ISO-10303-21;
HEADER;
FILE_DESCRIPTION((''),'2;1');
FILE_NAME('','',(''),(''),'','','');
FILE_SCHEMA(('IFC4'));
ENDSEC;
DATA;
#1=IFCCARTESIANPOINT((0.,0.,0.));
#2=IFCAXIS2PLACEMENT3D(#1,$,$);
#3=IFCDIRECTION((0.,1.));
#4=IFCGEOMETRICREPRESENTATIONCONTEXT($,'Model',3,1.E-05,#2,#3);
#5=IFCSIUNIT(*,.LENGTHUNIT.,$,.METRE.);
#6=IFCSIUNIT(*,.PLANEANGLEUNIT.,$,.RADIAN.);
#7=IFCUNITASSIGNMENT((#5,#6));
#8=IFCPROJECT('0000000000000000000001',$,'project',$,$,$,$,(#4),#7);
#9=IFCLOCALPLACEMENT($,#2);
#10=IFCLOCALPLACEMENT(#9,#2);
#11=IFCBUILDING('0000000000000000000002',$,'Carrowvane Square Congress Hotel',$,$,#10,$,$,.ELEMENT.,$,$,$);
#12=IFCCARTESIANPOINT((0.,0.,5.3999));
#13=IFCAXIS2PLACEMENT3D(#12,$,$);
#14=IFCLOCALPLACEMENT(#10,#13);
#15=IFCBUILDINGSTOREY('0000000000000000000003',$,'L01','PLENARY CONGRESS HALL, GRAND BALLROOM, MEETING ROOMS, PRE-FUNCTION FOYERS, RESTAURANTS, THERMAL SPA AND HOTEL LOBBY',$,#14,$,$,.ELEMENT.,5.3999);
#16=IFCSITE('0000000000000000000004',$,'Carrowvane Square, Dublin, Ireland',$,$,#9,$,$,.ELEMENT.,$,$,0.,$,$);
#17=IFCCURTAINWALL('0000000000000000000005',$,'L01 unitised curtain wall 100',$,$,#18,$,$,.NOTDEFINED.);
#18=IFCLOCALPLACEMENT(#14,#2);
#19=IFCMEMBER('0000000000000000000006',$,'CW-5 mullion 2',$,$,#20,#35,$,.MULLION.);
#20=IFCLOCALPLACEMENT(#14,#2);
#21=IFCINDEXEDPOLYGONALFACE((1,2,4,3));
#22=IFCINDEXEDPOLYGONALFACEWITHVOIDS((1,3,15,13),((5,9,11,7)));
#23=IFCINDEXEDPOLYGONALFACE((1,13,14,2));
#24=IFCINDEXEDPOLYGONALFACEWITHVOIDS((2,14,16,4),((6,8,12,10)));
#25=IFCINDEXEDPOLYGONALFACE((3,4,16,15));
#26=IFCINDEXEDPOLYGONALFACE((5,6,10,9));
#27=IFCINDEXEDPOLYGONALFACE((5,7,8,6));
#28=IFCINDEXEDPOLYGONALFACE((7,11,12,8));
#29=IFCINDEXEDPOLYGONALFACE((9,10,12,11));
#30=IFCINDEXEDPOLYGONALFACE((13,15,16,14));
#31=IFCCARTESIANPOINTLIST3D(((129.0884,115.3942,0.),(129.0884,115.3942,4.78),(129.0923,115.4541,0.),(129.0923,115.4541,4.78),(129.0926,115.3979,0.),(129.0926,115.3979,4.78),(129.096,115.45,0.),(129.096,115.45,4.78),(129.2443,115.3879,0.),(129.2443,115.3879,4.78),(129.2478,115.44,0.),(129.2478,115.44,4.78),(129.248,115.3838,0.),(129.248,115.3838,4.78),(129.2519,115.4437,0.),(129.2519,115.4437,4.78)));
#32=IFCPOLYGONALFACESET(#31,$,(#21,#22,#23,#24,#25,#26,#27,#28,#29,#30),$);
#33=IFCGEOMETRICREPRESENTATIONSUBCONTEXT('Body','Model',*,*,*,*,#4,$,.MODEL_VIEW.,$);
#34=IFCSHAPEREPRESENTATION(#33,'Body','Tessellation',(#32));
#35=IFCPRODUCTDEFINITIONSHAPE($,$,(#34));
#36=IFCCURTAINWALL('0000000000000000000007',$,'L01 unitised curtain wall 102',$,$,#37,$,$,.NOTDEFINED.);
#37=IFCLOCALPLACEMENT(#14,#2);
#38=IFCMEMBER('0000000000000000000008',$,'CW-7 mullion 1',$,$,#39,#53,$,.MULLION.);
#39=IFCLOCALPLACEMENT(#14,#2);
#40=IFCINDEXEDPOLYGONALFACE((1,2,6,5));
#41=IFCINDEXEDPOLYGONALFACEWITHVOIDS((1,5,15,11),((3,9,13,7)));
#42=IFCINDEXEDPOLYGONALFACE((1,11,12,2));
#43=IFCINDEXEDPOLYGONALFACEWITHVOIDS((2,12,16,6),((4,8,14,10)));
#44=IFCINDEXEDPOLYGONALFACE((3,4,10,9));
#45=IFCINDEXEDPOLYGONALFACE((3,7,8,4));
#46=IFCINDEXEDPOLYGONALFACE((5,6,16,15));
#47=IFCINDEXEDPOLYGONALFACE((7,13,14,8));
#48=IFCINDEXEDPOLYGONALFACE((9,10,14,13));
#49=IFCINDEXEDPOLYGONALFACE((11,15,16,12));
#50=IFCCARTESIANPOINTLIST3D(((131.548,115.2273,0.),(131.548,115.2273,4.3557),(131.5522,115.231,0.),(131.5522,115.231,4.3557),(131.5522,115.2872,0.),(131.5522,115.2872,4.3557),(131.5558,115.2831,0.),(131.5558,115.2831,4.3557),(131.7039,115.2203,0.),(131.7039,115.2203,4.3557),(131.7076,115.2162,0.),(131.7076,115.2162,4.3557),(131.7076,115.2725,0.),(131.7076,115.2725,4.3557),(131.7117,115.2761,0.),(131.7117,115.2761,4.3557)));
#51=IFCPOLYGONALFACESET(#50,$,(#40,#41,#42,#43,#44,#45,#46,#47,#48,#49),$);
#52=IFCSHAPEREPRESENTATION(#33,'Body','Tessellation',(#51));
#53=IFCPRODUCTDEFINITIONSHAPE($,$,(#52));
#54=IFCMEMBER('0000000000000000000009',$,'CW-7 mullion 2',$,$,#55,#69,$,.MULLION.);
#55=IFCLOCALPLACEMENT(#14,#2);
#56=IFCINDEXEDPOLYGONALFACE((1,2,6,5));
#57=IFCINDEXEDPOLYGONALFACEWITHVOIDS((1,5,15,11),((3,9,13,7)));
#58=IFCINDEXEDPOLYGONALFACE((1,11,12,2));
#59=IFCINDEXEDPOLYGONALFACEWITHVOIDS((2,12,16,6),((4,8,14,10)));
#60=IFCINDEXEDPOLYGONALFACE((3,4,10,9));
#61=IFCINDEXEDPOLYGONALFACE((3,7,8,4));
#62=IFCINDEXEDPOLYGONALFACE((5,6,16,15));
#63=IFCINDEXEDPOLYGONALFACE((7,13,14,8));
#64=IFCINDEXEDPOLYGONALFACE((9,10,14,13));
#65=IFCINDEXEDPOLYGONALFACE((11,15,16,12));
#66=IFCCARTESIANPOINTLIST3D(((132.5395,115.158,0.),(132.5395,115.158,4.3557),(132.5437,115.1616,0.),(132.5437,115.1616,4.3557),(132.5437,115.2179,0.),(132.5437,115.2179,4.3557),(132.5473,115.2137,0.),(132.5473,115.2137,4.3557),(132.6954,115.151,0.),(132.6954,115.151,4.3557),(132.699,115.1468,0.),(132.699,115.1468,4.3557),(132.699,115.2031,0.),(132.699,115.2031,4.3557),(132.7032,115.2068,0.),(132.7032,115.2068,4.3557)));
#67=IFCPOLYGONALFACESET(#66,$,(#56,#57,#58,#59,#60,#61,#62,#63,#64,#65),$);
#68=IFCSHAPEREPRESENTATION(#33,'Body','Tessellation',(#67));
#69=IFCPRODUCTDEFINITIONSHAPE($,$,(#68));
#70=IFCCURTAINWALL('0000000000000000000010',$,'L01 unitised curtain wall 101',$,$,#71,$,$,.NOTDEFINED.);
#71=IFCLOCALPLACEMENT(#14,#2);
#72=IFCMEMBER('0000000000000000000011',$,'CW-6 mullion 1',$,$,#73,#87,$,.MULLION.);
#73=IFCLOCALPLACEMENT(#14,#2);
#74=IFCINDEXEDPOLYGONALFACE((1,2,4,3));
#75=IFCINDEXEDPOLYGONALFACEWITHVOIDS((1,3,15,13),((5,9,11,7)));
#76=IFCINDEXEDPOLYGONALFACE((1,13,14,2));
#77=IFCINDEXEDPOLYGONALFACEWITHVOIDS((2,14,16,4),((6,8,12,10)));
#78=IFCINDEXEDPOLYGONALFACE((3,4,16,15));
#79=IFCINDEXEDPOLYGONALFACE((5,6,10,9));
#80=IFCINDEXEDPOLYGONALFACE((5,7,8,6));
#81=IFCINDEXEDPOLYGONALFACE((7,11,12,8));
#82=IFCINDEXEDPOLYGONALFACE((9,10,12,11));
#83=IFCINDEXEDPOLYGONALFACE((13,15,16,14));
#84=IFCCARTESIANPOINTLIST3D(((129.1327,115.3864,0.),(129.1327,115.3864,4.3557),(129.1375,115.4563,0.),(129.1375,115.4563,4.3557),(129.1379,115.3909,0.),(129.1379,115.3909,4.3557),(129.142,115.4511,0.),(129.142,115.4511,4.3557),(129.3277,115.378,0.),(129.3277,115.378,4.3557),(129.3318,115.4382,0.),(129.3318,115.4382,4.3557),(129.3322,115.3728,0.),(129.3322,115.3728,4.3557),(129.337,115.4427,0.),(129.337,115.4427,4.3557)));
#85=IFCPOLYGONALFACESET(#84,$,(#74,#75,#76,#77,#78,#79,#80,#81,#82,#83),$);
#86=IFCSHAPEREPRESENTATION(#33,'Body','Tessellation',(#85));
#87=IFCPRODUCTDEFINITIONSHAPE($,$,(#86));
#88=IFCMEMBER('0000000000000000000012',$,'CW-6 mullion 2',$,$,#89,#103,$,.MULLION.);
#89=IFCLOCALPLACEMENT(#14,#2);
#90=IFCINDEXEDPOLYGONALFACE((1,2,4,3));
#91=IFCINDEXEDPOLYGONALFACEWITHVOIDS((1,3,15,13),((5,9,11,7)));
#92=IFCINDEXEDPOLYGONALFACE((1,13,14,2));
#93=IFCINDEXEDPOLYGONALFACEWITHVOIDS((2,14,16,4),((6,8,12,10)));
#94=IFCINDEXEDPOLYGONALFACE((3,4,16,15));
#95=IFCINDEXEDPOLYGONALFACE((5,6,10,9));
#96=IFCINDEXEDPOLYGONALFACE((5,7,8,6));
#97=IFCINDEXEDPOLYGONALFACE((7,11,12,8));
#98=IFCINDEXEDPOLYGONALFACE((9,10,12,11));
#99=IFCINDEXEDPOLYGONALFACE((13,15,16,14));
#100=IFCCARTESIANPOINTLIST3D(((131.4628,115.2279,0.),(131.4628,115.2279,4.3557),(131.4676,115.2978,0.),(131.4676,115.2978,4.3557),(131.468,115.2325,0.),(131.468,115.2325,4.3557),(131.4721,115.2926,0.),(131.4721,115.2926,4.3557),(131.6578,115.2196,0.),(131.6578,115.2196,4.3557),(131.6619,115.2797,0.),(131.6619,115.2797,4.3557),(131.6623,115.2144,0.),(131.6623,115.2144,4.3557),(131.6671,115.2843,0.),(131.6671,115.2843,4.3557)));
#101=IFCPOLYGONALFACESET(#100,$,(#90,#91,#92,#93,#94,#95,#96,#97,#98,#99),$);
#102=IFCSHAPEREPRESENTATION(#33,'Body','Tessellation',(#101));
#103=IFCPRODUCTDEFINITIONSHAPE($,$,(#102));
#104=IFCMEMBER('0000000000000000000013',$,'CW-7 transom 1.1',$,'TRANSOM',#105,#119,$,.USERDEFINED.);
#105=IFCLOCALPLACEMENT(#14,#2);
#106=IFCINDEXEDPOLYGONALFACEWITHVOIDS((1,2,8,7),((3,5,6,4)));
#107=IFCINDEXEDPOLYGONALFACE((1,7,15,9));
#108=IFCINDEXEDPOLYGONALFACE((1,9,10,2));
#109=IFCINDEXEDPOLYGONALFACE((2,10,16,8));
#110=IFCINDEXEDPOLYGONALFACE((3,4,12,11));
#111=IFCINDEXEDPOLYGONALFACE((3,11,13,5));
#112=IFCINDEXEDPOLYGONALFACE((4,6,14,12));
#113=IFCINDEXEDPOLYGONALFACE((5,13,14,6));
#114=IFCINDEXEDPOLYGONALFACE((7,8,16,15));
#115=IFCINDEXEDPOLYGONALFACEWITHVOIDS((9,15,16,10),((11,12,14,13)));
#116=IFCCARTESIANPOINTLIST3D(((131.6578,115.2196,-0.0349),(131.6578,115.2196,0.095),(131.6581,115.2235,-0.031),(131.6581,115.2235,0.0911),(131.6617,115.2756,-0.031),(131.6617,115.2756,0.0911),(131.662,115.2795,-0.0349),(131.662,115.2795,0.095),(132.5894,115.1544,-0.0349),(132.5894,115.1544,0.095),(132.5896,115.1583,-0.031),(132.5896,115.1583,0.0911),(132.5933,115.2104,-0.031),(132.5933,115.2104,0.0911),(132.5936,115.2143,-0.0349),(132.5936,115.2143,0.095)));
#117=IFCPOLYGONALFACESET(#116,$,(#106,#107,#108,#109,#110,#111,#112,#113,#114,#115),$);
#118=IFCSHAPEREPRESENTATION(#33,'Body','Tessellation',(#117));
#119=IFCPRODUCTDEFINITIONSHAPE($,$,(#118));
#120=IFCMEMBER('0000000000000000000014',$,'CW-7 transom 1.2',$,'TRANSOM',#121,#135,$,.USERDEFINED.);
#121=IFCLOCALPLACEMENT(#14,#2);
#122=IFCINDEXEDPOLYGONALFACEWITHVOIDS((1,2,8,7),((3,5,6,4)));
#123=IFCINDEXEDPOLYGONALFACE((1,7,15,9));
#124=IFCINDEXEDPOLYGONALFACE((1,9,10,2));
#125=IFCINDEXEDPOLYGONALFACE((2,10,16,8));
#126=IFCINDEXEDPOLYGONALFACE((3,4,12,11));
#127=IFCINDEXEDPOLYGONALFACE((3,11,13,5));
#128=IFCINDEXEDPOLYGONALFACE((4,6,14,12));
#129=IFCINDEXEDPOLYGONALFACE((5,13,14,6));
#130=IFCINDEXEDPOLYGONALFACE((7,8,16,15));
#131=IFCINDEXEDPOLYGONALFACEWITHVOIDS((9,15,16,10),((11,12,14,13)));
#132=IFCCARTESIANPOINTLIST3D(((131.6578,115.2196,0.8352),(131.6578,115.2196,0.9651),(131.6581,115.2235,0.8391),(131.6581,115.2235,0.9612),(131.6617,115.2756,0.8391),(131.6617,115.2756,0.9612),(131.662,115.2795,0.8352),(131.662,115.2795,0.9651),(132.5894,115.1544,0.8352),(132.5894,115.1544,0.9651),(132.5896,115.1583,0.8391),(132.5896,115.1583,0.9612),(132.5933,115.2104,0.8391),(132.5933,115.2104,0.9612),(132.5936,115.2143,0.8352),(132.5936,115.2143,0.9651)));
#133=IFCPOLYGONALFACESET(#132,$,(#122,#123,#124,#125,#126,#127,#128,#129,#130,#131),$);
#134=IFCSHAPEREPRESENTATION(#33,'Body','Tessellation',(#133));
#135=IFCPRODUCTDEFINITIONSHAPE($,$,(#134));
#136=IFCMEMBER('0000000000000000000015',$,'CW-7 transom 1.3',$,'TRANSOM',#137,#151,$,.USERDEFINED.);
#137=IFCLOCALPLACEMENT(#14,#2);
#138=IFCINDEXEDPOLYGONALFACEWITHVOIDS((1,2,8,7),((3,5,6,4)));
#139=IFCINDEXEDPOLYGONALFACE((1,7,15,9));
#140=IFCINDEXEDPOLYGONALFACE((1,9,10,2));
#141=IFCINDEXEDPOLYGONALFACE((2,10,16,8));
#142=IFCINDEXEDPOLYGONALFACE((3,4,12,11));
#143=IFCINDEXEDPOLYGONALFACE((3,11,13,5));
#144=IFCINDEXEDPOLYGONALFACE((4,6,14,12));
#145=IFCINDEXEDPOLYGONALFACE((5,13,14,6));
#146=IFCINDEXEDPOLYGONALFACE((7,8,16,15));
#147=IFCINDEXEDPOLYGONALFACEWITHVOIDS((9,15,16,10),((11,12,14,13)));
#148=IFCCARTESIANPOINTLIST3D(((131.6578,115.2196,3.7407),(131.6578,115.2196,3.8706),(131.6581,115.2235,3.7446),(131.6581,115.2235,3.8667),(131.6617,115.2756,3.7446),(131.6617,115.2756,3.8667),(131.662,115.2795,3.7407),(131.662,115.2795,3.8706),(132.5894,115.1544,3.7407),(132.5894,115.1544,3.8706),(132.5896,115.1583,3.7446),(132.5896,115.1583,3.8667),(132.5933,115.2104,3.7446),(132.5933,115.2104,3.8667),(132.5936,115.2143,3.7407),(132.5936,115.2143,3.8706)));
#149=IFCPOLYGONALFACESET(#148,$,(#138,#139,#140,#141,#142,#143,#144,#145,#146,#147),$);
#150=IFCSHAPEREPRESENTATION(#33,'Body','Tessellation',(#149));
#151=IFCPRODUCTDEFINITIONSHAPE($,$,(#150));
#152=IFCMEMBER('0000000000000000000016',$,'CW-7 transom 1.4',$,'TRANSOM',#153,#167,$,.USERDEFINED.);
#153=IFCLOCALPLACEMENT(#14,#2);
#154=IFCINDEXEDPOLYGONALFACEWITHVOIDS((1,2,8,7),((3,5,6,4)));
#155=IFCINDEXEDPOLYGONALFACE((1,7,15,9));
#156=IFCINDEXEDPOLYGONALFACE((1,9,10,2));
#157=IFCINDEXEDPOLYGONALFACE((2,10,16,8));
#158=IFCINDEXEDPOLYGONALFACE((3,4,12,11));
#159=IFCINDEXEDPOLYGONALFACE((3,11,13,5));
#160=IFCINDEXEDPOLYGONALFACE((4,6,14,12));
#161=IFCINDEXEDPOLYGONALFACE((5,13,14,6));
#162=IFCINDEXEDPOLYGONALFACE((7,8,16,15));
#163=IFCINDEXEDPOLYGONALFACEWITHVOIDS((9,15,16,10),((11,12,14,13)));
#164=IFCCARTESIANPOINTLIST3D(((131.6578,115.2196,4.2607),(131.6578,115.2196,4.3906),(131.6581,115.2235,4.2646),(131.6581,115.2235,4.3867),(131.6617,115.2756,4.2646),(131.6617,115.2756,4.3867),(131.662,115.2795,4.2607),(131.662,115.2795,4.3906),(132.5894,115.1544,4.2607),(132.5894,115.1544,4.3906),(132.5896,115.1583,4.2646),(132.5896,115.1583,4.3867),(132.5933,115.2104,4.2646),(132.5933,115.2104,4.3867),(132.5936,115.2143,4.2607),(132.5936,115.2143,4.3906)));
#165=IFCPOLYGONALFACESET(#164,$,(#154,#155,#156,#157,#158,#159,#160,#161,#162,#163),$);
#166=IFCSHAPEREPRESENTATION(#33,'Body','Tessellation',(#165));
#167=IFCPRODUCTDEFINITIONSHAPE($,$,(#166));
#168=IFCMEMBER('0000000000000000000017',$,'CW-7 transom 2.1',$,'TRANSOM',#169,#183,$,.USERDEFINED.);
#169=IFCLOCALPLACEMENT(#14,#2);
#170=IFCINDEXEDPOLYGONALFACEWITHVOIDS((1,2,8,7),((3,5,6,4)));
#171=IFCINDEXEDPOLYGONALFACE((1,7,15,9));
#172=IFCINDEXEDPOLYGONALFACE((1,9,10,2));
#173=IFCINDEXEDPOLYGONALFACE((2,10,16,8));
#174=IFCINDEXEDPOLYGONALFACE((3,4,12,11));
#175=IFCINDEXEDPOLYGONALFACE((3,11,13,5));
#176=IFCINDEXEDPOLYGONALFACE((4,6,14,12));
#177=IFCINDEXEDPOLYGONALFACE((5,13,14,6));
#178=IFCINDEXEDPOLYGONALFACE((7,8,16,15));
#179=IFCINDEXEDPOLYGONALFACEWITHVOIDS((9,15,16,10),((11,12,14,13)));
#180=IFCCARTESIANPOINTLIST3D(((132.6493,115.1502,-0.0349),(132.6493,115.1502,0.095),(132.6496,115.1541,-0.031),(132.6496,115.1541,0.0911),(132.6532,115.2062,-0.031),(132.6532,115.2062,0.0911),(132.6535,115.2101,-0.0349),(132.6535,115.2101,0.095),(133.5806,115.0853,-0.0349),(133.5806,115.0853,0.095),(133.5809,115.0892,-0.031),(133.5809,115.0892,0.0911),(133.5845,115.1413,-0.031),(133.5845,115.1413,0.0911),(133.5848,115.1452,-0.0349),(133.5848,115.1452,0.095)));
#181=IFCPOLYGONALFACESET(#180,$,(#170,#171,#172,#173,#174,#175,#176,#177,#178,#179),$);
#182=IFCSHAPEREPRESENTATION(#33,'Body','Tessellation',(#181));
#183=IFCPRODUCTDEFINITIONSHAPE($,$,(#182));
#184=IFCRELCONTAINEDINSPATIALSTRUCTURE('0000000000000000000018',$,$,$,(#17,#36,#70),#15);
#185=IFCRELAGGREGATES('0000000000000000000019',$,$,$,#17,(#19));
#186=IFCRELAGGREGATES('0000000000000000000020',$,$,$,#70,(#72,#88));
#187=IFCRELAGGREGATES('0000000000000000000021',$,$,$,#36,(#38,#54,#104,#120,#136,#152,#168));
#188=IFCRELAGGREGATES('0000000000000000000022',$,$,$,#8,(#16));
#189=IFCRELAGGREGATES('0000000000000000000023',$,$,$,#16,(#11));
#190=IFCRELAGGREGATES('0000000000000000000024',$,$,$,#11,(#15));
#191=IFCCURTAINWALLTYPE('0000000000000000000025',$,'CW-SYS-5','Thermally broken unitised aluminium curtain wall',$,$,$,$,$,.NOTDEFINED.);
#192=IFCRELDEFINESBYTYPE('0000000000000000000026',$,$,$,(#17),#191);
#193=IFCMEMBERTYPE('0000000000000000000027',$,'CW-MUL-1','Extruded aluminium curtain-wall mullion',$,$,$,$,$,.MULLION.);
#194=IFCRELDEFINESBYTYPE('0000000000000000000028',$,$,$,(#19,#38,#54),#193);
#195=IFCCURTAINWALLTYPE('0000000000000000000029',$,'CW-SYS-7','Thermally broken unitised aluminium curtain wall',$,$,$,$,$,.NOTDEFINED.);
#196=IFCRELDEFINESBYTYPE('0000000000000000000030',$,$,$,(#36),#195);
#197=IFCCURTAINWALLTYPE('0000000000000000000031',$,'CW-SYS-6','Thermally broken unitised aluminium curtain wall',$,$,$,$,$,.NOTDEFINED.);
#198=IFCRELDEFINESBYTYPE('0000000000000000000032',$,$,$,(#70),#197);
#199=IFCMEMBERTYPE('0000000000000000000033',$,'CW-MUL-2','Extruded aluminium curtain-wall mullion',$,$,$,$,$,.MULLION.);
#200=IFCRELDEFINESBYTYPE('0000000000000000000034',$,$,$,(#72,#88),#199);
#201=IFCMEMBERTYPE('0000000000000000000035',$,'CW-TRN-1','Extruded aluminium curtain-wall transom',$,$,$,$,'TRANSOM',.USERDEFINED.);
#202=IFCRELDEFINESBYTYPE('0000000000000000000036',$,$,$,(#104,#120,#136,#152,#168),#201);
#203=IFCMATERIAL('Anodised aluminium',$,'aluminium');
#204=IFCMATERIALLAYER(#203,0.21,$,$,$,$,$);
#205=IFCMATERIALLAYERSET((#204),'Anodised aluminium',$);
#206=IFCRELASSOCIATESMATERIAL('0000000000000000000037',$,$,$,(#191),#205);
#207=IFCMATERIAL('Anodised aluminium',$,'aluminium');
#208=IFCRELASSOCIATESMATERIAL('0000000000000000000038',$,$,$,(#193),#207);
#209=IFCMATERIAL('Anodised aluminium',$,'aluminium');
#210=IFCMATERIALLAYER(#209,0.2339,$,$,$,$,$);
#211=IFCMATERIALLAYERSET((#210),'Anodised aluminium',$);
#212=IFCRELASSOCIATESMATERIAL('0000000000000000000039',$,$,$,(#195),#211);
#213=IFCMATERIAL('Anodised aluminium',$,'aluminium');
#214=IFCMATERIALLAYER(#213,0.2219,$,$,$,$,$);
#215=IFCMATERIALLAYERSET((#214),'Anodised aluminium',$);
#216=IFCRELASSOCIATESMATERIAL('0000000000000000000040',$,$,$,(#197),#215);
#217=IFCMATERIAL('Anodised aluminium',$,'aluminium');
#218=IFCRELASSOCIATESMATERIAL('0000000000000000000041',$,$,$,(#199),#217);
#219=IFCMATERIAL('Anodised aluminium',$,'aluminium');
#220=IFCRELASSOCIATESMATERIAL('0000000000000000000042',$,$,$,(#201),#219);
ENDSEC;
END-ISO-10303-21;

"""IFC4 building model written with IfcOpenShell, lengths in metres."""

from ifc_helpers import new_model, si_unit, direction, frame, origin, origin_2d, place, context, subcontext, project, spatial, hollow_rectangle, extrude, material, layer, layer_set, material_profile, profile_set, type_object, element, aggregate, save


model = new_model("IFC4")

# Units and contexts
model_context = context("Model", 3, precision=1e-05, world=origin(), true_north=direction((0.0, 1.0)))
body_context = subcontext(model_context, "Body", "Model", "MODEL_VIEW")
ifc_project = project(units=[si_unit("LENGTHUNIT", "METRE"), si_unit("PLANEANGLEUNIT", "RADIAN")], contexts=[model_context])

# Site, building, storey
site_placement = place(None, origin())
site = spatial("IfcSite", under=ifc_project, at=site_placement, Name="Carrowvane Square, Dublin, Ireland", CompositionType="ELEMENT", RefElevation=0.0)
building_placement = place(site_placement, origin())
building = spatial("IfcBuilding", under=site, at=building_placement, Name="Carrowvane Square Congress Hotel", CompositionType="ELEMENT")
storey_placement = place(building_placement, frame((0.0, 0.0, 5.3999)))
storey = spatial("IfcBuildingStorey", under=building, at=storey_placement, Name="L01", Description="PLENARY CONGRESS HALL, GRAND BALLROOM, MEETING ROOMS, PRE-FUNCTION FOYERS, RESTAURANTS, THERMAL SPA AND HOTEL LOBBY", CompositionType="ELEMENT", Elevation=5.3999)

# Curtain wall, member
ifc_material_1 = material(Name="Anodised aluminium", Category="aluminium")
ifc_layer_1 = layer(ifc_material_1, 0.21)
ifc_layer_set_1 = layer_set([ifc_layer_1], Name="Anodised aluminium")
curtain_wall_type_1 = type_object("IfcCurtainWallType", Name="CW-SYS-5", Description="Thermally broken unitised aluminium curtain wall", PredefinedType="NOTDEFINED", material=ifc_layer_set_1)
curtain_wall_1_placement = place(storey_placement, origin())
curtain_wall_1 = element("IfcCurtainWall", 1, at=curtain_wall_1_placement, inside=storey, type_object=curtain_wall_type_1, Name="L01 unitised curtain wall 100", PredefinedType="NOTDEFINED")
ifc_material_2 = material(Name="Anodised aluminium", Category="aluminium")
ifc_material_profile_1 = material_profile(ifc_material_2, hollow_rectangle(XDim=0.0601, YDim=0.1599, WallThickness=0.0039, at=origin_2d()), Name="CW-ML 60x160x4")
ifc_profile_set_1 = profile_set([ifc_material_profile_1], Name="Anodised aluminium")
member_type_1 = type_object("IfcMemberType", Name="CW-MUL-1", Description="Extruded aluminium curtain-wall mullion", PredefinedType="MULLION", material=ifc_profile_set_1)
member_1_placement = place(storey_placement, frame((129.1702, 115.4189, 0.0), z_axis=(0.0, 0.0, 1.0), x_axis=(0.065414, 0.997858, 0.0)))
member_1 = element("IfcMember", 2, at=member_1_placement, type_object=member_type_1, Name="CW-5 mullion 2", PredefinedType="MULLION", context=body_context, shape_type="SweptSolid", body=[
    extrude(hollow_rectangle(XDim=0.0601, YDim=0.1599, WallThickness=0.0039, at=origin_2d()), origin(), (0.0, 0.0, 1.0), 4.78),
])
aggregate(curtain_wall_1, [member_1])

# Curtain walls, members
ifc_material_3 = material(Name="Anodised aluminium", Category="aluminium")
ifc_layer_2 = layer(ifc_material_3, 0.2339)
ifc_layer_set_2 = layer_set([ifc_layer_2], Name="Anodised aluminium")
curtain_wall_type_2 = type_object("IfcCurtainWallType", Name="CW-SYS-7", Description="Thermally broken unitised aluminium curtain wall", PredefinedType="NOTDEFINED", material=ifc_layer_set_2)
curtain_wall_2_placement = place(storey_placement, origin())
curtain_wall_2 = element("IfcCurtainWall", 3, at=curtain_wall_2_placement, inside=storey, type_object=curtain_wall_type_2, Name="L01 unitised curtain wall 102", PredefinedType="NOTDEFINED")
member_2_placement = place(storey_placement, frame((131.6299, 115.2517, 0.0), z_axis=(0.0, 0.0, 1.0), x_axis=(0.069727, 0.997566, 0.0)))
member_2 = element("IfcMember", 4, at=member_2_placement, type_object=member_type_1, Name="CW-7 mullion 1", PredefinedType="MULLION", context=body_context, shape_type="SweptSolid", body=[
    extrude(hollow_rectangle(XDim=0.0601, YDim=0.1599, WallThickness=0.0039, at=origin_2d()), origin(), (0.0, 0.0, 1.0), 4.3557),
])
member_3_placement = place(storey_placement, frame((132.6213, 115.1824, 0.0), z_axis=(0.0, 0.0, 1.0), x_axis=(0.069727, 0.997566, 0.0)))
member_3 = element("IfcMember", 5, at=member_3_placement, type_object=member_type_1, Name="CW-7 mullion 2", PredefinedType="MULLION", context=body_context, shape_type="SweptSolid", body=[
    extrude(hollow_rectangle(XDim=0.0601, YDim=0.1599, WallThickness=0.0039, at=origin_2d()), origin(), (0.0, 0.0, 1.0), 4.3557),
])
ifc_material_4 = material(Name="Anodised aluminium", Category="aluminium")
ifc_layer_3 = layer(ifc_material_4, 0.2219)
ifc_layer_set_3 = layer_set([ifc_layer_3], Name="Anodised aluminium")
curtain_wall_type_3 = type_object("IfcCurtainWallType", Name="CW-SYS-6", Description="Thermally broken unitised aluminium curtain wall", PredefinedType="NOTDEFINED", material=ifc_layer_set_3)
curtain_wall_3_placement = place(storey_placement, origin())
curtain_wall_3 = element("IfcCurtainWall", 6, at=curtain_wall_3_placement, inside=storey, type_object=curtain_wall_type_3, Name="L01 unitised curtain wall 101", PredefinedType="NOTDEFINED")
ifc_material_5 = material(Name="Anodised aluminium", Category="aluminium")
ifc_material_profile_2 = material_profile(ifc_material_5, hollow_rectangle(XDim=0.0701, YDim=0.2, WallThickness=0.0049, at=origin_2d()), Name="CW-ML 70x200x5")
ifc_profile_set_2 = profile_set([ifc_material_profile_2], Name="Anodised aluminium")
member_type_2 = type_object("IfcMemberType", Name="CW-MUL-2", Description="Extruded aluminium curtain-wall mullion", PredefinedType="MULLION", material=ifc_profile_set_2)
member_4_placement = place(storey_placement, frame((129.2349, 115.4146, 0.0), z_axis=(0.0, 0.0, 1.0), x_axis=(0.06787, 0.997694, 0.0)))
member_4 = element("IfcMember", 7, at=member_4_placement, type_object=member_type_2, Name="CW-6 mullion 1", PredefinedType="MULLION", context=body_context, shape_type="SweptSolid", body=[
    extrude(hollow_rectangle(XDim=0.0701, YDim=0.2, WallThickness=0.0049, at=origin_2d()), origin(), (0.0, 0.0, 1.0), 4.3557),
])
member_5_placement = place(storey_placement, frame((131.5649, 115.2561, 0.0), z_axis=(0.0, 0.0, 1.0), x_axis=(0.06787, 0.997694, 0.0)))
member_5 = element("IfcMember", 8, at=member_5_placement, type_object=member_type_2, Name="CW-6 mullion 2", PredefinedType="MULLION", context=body_context, shape_type="SweptSolid", body=[
    extrude(hollow_rectangle(XDim=0.0701, YDim=0.2, WallThickness=0.0049, at=origin_2d()), origin(), (0.0, 0.0, 1.0), 4.3557),
])

# Members
ifc_material_6 = material(Name="Anodised aluminium", Category="aluminium")
ifc_material_profile_3 = material_profile(ifc_material_6, hollow_rectangle(XDim=0.0601, YDim=0.1299, WallThickness=0.0039, at=origin_2d()), Name="CW-TR 60x130x4")
ifc_profile_set_3 = profile_set([ifc_material_profile_3], Name="Anodised aluminium")
member_type_3 = type_object("IfcMemberType", Name="CW-TRN-1", Description="Extruded aluminium curtain-wall transom", ElementType="TRANSOM", PredefinedType="USERDEFINED", material=ifc_profile_set_3)
member_6_placement = place(storey_placement, frame((131.6599, 115.2495, 0.03), z_axis=(0.997561, -0.069798, 0.0), x_axis=(0.069798, 0.997561, 0.0)))
member_6 = element("IfcMember", 9, at=member_6_placement, type_object=member_type_3, Name="CW-7 transom 1.1", ObjectType="TRANSOM", PredefinedType="USERDEFINED", context=body_context, shape_type="SweptSolid", body=[
    extrude(hollow_rectangle(XDim=0.0601, YDim=0.1299, WallThickness=0.0039, at=origin_2d()), origin(), (0.0, 0.0, 1.0), 0.9338),
])
member_7_placement = place(storey_placement, frame((131.6599, 115.2495, 0.9001), z_axis=(0.997561, -0.069798, 0.0), x_axis=(0.069798, 0.997561, 0.0)))
member_7 = element("IfcMember", 10, at=member_7_placement, type_object=member_type_3, Name="CW-7 transom 1.2", ObjectType="TRANSOM", PredefinedType="USERDEFINED", context=body_context, shape_type="SweptSolid", body=[
    extrude(hollow_rectangle(XDim=0.0601, YDim=0.1299, WallThickness=0.0039, at=origin_2d()), origin(), (0.0, 0.0, 1.0), 0.9338),
])
member_8_placement = place(storey_placement, frame((131.6599, 115.2495, 3.8057), z_axis=(0.997561, -0.069798, 0.0), x_axis=(0.069798, 0.997561, 0.0)))
member_8 = element("IfcMember", 11, at=member_8_placement, type_object=member_type_3, Name="CW-7 transom 1.3", ObjectType="TRANSOM", PredefinedType="USERDEFINED", context=body_context, shape_type="SweptSolid", body=[
    extrude(hollow_rectangle(XDim=0.0601, YDim=0.1299, WallThickness=0.0039, at=origin_2d()), origin(), (0.0, 0.0, 1.0), 0.9338),
])
member_9_placement = place(storey_placement, frame((131.6599, 115.2495, 4.3257), z_axis=(0.997561, -0.069798, 0.0), x_axis=(0.069798, 0.997561, 0.0)))
member_9 = element("IfcMember", 12, at=member_9_placement, type_object=member_type_3, Name="CW-7 transom 1.4", ObjectType="TRANSOM", PredefinedType="USERDEFINED", context=body_context, shape_type="SweptSolid", body=[
    extrude(hollow_rectangle(XDim=0.0601, YDim=0.1299, WallThickness=0.0039, at=origin_2d()), origin(), (0.0, 0.0, 1.0), 0.9338),
])
member_10_placement = place(storey_placement, frame((132.6514, 115.1802, 0.03), z_axis=(0.997578, -0.069556, 0.0), x_axis=(0.069556, 0.997578, 0.0)))
member_10 = element("IfcMember", 13, at=member_10_placement, type_object=member_type_3, Name="CW-7 transom 2.1", ObjectType="TRANSOM", PredefinedType="USERDEFINED", context=body_context, shape_type="SweptSolid", body=[
    extrude(hollow_rectangle(XDim=0.0601, YDim=0.1299, WallThickness=0.0039, at=origin_2d()), origin(), (0.0, 0.0, 1.0), 0.9336),
])

aggregate(curtain_wall_3, [member_4, member_5])
aggregate(curtain_wall_2, [member_2, member_3, member_6, member_7, member_8, member_9, member_10])

save(model, "model.ifc")
